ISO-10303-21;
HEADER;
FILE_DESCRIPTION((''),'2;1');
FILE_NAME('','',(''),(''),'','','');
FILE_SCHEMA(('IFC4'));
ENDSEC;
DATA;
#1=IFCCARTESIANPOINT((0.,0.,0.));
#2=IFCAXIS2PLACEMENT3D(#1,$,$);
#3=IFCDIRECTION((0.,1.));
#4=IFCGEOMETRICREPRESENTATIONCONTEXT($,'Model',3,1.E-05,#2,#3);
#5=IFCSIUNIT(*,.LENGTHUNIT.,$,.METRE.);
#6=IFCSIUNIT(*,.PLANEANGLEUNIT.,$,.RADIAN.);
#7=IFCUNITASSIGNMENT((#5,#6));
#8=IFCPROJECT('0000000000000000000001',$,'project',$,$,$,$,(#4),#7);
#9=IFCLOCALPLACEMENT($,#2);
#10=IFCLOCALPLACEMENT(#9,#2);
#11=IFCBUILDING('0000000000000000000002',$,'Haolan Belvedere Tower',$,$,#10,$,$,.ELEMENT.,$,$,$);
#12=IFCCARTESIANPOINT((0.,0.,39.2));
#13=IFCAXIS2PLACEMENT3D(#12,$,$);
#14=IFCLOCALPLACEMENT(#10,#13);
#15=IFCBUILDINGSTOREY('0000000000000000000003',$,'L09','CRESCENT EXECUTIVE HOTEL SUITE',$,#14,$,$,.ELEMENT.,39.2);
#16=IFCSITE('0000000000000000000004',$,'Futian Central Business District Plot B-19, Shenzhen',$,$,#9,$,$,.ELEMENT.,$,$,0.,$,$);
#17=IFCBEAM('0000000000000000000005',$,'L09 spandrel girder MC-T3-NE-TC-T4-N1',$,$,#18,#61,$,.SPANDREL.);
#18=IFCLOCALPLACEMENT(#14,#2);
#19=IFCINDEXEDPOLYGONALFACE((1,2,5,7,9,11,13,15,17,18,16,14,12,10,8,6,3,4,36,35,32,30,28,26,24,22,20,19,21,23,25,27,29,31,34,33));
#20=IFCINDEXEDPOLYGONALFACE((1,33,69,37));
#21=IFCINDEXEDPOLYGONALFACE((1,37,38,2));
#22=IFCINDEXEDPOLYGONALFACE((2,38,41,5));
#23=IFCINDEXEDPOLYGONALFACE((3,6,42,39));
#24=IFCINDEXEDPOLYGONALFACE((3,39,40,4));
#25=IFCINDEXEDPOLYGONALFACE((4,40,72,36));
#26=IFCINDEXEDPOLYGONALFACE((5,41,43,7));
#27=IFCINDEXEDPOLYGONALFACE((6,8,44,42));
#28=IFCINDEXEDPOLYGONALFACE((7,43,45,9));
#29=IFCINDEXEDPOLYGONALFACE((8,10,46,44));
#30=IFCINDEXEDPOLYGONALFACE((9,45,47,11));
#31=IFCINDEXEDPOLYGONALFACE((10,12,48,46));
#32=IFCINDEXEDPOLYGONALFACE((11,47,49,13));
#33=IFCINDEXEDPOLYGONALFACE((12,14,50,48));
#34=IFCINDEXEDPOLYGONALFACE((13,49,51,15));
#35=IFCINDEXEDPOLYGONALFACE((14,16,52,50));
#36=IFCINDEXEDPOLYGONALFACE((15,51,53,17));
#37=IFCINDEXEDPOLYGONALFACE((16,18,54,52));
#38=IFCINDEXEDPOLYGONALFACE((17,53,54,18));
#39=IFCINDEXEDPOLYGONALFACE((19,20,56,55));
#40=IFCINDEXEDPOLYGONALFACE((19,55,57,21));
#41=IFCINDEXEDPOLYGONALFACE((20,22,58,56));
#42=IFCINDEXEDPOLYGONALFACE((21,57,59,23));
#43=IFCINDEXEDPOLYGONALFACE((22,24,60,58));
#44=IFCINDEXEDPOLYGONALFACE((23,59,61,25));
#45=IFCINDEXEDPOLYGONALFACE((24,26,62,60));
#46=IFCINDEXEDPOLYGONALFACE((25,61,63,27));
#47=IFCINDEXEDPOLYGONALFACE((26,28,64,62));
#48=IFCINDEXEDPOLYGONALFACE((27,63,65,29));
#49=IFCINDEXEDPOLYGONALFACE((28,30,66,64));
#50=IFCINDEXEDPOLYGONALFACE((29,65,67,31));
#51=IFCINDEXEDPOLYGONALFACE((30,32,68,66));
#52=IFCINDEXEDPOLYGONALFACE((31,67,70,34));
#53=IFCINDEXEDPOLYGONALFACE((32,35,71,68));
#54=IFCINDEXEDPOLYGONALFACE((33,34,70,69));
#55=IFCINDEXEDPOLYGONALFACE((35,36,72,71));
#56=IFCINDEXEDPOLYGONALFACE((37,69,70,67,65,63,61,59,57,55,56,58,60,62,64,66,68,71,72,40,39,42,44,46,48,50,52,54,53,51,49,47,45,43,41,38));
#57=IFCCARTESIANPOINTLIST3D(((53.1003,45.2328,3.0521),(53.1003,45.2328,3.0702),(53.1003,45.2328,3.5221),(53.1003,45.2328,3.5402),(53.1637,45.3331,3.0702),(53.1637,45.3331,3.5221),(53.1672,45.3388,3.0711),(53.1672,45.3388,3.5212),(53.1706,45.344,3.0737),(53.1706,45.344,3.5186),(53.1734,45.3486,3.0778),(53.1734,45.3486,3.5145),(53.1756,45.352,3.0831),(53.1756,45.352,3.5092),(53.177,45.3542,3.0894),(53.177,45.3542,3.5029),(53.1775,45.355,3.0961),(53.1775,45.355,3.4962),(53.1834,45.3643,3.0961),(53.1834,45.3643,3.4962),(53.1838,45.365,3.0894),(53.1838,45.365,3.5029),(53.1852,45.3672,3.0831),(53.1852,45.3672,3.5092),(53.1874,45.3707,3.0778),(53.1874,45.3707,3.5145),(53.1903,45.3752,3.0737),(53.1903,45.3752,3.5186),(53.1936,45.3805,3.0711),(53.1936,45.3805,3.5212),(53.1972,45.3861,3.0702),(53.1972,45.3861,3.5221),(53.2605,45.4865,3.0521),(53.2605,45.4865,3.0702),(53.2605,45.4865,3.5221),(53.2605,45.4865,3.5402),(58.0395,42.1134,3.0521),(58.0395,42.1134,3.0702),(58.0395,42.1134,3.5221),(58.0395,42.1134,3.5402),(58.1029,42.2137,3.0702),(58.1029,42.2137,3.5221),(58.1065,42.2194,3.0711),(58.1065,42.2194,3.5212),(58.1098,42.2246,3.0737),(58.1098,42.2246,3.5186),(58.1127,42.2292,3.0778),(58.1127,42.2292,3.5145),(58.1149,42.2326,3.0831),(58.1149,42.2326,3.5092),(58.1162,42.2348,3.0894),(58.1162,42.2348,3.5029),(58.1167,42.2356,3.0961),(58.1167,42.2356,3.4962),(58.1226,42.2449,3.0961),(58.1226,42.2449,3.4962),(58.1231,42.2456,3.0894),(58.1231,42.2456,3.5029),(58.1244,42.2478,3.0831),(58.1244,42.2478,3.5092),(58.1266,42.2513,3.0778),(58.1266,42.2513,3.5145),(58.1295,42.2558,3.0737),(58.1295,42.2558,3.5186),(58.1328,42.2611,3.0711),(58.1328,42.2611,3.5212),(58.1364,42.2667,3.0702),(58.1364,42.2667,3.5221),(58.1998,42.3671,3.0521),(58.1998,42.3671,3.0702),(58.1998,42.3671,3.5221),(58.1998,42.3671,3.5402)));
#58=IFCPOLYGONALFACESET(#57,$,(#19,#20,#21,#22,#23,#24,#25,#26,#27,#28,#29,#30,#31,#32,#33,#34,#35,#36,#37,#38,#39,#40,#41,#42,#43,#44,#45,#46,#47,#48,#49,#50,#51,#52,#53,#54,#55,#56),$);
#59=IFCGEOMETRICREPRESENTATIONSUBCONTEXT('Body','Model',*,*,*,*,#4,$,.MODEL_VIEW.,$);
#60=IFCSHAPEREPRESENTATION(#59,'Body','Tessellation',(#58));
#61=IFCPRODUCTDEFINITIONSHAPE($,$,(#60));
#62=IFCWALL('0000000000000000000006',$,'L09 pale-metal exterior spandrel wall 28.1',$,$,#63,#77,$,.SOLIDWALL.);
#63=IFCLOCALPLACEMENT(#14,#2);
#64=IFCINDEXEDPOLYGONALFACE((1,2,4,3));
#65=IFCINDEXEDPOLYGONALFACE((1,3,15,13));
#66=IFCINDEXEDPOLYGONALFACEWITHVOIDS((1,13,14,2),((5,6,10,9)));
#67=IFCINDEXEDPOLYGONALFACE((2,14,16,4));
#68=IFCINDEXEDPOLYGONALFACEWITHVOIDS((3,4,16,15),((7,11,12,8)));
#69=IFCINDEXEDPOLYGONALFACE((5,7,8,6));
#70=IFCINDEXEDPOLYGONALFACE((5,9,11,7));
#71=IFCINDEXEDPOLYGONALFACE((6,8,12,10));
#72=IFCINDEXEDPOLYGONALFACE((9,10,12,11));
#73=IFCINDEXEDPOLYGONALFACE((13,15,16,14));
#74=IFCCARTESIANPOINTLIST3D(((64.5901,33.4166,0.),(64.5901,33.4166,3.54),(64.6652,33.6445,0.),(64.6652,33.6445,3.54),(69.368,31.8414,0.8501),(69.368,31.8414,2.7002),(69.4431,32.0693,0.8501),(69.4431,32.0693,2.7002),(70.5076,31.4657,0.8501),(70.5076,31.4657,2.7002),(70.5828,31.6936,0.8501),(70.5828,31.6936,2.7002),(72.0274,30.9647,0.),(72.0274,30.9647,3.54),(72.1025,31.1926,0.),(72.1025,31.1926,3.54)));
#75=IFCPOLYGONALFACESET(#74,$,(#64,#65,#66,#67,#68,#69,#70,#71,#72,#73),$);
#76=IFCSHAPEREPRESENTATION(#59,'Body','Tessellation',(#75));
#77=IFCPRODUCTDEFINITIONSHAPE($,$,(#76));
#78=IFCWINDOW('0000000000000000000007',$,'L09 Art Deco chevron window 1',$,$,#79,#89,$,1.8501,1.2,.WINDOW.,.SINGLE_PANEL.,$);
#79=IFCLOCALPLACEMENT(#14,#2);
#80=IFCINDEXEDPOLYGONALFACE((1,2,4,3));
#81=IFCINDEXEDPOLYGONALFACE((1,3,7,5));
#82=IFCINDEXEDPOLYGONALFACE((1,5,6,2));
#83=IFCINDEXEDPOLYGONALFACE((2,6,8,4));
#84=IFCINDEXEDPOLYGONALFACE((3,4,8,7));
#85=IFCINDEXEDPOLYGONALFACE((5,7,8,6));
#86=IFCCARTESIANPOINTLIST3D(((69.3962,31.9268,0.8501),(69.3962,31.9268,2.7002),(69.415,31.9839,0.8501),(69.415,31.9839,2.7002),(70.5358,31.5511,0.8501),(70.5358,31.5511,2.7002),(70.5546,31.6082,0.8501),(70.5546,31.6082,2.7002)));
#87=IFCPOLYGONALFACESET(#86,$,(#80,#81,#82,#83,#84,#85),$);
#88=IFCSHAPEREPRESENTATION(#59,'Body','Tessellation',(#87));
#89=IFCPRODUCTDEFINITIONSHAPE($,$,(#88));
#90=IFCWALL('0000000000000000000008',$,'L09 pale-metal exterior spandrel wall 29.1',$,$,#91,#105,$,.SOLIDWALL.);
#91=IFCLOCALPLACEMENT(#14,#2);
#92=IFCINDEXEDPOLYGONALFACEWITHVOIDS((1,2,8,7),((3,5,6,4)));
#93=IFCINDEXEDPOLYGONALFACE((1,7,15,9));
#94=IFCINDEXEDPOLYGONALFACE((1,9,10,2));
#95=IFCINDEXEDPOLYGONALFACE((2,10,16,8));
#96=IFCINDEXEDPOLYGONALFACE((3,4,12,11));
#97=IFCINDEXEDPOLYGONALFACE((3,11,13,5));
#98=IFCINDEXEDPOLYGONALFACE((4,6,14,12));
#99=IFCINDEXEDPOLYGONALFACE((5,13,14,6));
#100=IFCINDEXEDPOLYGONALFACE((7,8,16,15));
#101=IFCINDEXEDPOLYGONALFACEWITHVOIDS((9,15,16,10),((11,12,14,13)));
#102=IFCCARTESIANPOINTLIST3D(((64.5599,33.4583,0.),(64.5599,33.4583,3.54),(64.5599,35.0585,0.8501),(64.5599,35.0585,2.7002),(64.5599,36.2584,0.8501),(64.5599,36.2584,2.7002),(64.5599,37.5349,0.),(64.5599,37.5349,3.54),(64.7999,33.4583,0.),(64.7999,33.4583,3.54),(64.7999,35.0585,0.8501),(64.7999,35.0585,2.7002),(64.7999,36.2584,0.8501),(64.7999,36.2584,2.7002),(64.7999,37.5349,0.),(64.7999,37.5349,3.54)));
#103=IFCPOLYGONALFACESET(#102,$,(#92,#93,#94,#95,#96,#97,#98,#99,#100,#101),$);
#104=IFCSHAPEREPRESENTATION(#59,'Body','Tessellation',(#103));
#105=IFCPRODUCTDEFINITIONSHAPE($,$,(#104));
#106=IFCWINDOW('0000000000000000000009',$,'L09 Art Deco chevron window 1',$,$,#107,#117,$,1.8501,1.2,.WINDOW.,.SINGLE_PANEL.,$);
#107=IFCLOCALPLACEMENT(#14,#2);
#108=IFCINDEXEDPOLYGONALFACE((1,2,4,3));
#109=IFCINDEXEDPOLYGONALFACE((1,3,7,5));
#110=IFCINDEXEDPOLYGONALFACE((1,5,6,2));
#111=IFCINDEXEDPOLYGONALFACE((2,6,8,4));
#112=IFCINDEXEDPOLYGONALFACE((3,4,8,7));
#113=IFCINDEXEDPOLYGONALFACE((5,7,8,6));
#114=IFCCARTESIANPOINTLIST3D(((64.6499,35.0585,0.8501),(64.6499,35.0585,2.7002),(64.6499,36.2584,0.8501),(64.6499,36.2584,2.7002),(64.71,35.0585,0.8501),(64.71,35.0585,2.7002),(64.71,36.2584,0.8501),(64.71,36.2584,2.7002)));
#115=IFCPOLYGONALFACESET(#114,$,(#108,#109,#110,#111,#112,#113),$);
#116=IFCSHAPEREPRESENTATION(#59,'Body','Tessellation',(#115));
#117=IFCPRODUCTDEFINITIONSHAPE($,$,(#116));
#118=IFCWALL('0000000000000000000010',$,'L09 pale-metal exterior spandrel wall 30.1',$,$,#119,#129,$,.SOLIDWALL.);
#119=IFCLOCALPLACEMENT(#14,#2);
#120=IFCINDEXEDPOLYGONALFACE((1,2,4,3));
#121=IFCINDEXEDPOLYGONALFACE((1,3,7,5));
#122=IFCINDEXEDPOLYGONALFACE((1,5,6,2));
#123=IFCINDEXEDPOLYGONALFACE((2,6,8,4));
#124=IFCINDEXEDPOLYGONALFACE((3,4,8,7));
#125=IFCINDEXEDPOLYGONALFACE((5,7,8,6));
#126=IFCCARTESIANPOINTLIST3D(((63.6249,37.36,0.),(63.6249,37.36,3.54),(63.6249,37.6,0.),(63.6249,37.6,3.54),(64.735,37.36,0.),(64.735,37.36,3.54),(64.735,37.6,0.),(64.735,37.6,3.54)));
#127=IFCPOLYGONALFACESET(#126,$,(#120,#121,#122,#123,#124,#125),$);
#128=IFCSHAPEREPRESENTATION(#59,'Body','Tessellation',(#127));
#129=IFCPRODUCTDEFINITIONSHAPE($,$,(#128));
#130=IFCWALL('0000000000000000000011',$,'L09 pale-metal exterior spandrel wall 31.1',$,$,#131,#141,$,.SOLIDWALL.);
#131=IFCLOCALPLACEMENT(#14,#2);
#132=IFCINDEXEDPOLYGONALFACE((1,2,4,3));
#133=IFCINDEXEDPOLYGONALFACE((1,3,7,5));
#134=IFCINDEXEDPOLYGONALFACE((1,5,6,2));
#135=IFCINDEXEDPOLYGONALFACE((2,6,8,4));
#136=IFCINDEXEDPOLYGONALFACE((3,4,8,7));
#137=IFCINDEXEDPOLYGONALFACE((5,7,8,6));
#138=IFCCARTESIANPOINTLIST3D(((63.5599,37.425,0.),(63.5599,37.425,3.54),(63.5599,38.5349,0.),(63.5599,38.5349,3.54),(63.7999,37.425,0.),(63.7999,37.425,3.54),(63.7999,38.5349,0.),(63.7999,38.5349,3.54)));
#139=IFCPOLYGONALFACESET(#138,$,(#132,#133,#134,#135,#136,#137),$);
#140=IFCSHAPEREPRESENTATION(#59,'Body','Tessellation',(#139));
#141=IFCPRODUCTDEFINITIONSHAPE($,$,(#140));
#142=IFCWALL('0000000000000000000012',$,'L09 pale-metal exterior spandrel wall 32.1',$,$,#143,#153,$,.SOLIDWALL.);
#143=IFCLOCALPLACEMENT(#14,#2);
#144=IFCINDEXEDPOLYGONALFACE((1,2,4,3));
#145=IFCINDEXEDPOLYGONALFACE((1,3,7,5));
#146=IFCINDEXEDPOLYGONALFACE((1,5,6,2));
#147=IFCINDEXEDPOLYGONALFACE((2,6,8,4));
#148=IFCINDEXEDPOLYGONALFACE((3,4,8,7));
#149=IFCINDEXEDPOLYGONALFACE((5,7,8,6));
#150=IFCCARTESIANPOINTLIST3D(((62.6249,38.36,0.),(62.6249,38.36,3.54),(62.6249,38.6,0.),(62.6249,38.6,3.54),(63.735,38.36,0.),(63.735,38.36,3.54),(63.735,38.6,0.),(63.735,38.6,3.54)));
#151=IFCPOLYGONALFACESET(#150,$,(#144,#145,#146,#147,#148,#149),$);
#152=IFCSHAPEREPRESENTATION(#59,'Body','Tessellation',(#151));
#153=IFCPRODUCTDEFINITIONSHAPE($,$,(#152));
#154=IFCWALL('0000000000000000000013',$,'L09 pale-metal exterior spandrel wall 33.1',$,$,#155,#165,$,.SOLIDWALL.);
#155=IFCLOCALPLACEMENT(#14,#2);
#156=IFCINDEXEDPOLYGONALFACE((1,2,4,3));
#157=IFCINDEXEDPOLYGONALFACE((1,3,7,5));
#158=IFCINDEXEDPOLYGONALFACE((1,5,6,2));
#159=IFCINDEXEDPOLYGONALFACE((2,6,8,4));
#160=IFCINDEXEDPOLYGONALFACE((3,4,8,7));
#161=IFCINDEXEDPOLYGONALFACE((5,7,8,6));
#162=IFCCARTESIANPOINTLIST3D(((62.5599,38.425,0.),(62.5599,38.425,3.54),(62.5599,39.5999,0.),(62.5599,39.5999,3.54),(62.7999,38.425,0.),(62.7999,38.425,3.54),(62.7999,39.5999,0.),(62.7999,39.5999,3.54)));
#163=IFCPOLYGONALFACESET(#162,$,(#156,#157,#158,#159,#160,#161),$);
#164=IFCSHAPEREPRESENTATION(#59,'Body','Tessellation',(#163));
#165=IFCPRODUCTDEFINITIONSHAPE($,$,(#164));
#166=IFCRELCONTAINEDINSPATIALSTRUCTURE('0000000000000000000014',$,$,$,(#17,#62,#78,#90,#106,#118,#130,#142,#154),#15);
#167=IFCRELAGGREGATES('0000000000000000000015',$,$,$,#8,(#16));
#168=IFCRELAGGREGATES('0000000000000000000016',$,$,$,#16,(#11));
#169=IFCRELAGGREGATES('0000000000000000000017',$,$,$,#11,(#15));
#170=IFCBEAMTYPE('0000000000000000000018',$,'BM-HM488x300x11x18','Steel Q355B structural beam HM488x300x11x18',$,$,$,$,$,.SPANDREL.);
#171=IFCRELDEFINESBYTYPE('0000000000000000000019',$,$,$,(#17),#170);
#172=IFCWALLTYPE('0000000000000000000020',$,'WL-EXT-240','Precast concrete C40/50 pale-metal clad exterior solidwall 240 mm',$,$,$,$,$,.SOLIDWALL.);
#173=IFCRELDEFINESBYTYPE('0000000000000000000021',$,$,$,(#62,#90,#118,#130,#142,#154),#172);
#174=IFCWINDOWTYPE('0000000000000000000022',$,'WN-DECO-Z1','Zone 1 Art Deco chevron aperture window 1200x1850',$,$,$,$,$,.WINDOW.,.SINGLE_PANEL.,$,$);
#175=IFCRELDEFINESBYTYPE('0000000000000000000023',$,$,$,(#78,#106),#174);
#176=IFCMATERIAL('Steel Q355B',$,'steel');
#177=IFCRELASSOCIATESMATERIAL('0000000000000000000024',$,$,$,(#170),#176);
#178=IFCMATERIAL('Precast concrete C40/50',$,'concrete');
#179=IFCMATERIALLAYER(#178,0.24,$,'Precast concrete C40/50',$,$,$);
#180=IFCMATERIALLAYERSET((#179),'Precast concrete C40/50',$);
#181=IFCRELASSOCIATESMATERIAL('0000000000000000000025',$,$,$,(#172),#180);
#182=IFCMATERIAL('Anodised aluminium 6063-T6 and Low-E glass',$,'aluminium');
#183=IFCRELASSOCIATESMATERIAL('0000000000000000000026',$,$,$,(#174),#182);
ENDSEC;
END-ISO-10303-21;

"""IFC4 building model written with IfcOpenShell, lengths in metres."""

from ifc_helpers import new_model, si_unit, direction, frame, frame_2d, origin, origin_2d, place, context, subcontext, project, spatial, rectangle, i_section, extrude, material, layer, layer_set, material_profile, profile_set, type_object, element, fill, save


model = new_model("IFC4")

# Units and contexts
model_context = context("Model", 3, precision=1e-05, world=origin(), true_north=direction((0.0, 1.0)))
body_context = subcontext(model_context, "Body", "Model", "MODEL_VIEW")
ifc_project = project(units=[si_unit("LENGTHUNIT", "METRE"), si_unit("PLANEANGLEUNIT", "RADIAN")], contexts=[model_context])

# Site, building, storey
site_placement = place(None, origin())
site = spatial("IfcSite", under=ifc_project, at=site_placement, Name="Futian Central Business District Plot B-19, Shenzhen", CompositionType="ELEMENT", RefElevation=0.0)
building_placement = place(site_placement, origin())
building = spatial("IfcBuilding", under=site, at=building_placement, Name="Haolan Belvedere Tower", CompositionType="ELEMENT")
storey_placement = place(building_placement, frame((0.0, 0.0, 39.2)))
storey = spatial("IfcBuildingStorey", under=building, at=storey_placement, Name="L09", Description="CRESCENT EXECUTIVE HOTEL SUITE", CompositionType="ELEMENT", Elevation=39.2)

# Shared definitions
ifc_material_1 = material(Name="Steel Q355B", Category="steel")

# Beam
ifc_material_profile_1 = material_profile(ifc_material_1, i_section(OverallWidth=0.3, OverallDepth=0.488, WebThickness=0.011, FlangeThickness=0.0181, FilletRadius=0.0259, at=origin_2d()), Name="Steel Q355B")
ifc_profile_set_1 = profile_set([ifc_material_profile_1], Name="Steel Q355B")
beam_type = type_object("IfcBeamType", Name="BM-HM488x300x11x18", Description="Steel Q355B structural beam HM488x300x11x18", PredefinedType="SPANDREL", material=ifc_profile_set_1)
beam_placement = place(storey_placement, frame((53.1804, 45.3596, 3.2961), z_axis=(0.845498, -0.533979, 0.0), x_axis=(0.533979, 0.845498, 0.0)))
element("IfcBeam", 1, at=beam_placement, inside=storey, type_object=beam_type, Name="L09 spandrel girder MC-T3-NE-TC-T4-N1", PredefinedType="SPANDREL", context=body_context, shape_type="SweptSolid", body=[
    extrude(i_section(OverallWidth=0.3, OverallDepth=0.488, WebThickness=0.011, FlangeThickness=0.0181, FilletRadius=0.0259, at=origin_2d()), origin(), (0.0, 0.0, 1.0), 5.8418),
])

# Walls, openings, windows
ifc_material_2 = material(Name="Precast concrete C40/50", Category="concrete")
ifc_layer_1 = layer(ifc_material_2, 0.24, Name="Precast concrete C40/50")
ifc_layer_set_1 = layer_set([ifc_layer_1], Name="Precast concrete C40/50")
wall_type_1 = type_object("IfcWallType", Name="WL-EXT-240", Description="Precast concrete C40/50 pale-metal clad exterior solidwall 240 mm", PredefinedType="SOLIDWALL", material=ifc_layer_set_1)
wall_1_placement = place(storey_placement, frame((72.0649, 31.0786, 0.0), z_axis=(0.0, 0.0, 1.0), x_axis=(-0.949719, 0.313102, 0.0)))
wall_1 = element("IfcWall", 2, at=wall_1_placement, inside=storey, type_object=wall_type_1, Name="L09 pale-metal exterior spandrel wall 28.1", PredefinedType="SOLIDWALL", context=body_context, shape_type="SweptSolid", body=[
    extrude(rectangle(XDim=7.8311, YDim=0.24, at=frame_2d((3.9155, 0.0))), origin(), (0.0, 0.0, 1.0), 3.54),
])
opening_1_placement = place(wall_1_placement, frame((1.6001, 0.0, 0.8501)))
opening_1 = element("IfcOpeningElement", 3, at=opening_1_placement, cuts=wall_1, PredefinedType="OPENING", context=body_context, shape_type="SweptSolid", body=[
    extrude(rectangle(XDim=1.2, YDim=1.8501, at=frame_2d((0.6001, 0.925))), frame((0.0, 0.1299, 0.0), z_axis=(0.0, -1.0, 0.0), x_axis=(1.0, 0.0, 0.0)), (0.0, 0.0, 1.0), 0.26),
])
ifc_material_3 = material(Name="Anodised aluminium 6063-T6 and Low-E glass", Category="aluminium")
window_type = type_object("IfcWindowType", Name="WN-DECO-Z1", Description="Zone 1 Art Deco chevron aperture window 1200x1850", PartitioningType="SINGLE_PANEL", PredefinedType="WINDOW", material=ifc_material_3)
window_1_placement = place(opening_1_placement, origin())
window_1 = element("IfcWindow", 4, at=window_1_placement, inside=storey, type_object=window_type, Name="L09 Art Deco chevron window 1", OverallHeight=1.8501, OverallWidth=1.2, PartitioningType="SINGLE_PANEL", PredefinedType="WINDOW", context=body_context, shape_type="SweptSolid", body=[
    extrude(rectangle(XDim=1.2, YDim=1.8501, at=frame_2d((0.6001, 0.925))), frame((0.0, 0.03, 0.0), z_axis=(0.0, -1.0, 0.0), x_axis=(1.0, 0.0, 0.0)), (0.0, 0.0, 1.0), 0.0601),
])
fill(opening_1, window_1)
wall_2_placement = place(storey_placement, frame((64.6799, 33.4583, 0.0), z_axis=(0.0, 0.0, 1.0), x_axis=(0.0, 1.0, 0.0)))
wall_2 = element("IfcWall", 5, at=wall_2_placement, inside=storey, type_object=wall_type_1, Name="L09 pale-metal exterior spandrel wall 29.1", PredefinedType="SOLIDWALL", context=body_context, shape_type="SweptSolid", body=[
    extrude(rectangle(XDim=4.0767, YDim=0.24, at=frame_2d((2.0383, 0.0))), origin(), (0.0, 0.0, 1.0), 3.54),
])
opening_2_placement = place(wall_2_placement, frame((1.6001, 0.0, 0.8501)))
opening_2 = element("IfcOpeningElement", 6, at=opening_2_placement, cuts=wall_2, PredefinedType="OPENING", context=body_context, shape_type="SweptSolid", body=[
    extrude(rectangle(XDim=1.2, YDim=1.8501, at=frame_2d((0.6001, 0.925))), frame((0.0, 0.1299, 0.0), z_axis=(0.0, -1.0, 0.0), x_axis=(1.0, 0.0, 0.0)), (0.0, 0.0, 1.0), 0.26),
])
window_2_placement = place(opening_2_placement, origin())
window_2 = element("IfcWindow", 7, at=window_2_placement, inside=storey, type_object=window_type, Name="L09 Art Deco chevron window 1", OverallHeight=1.8501, OverallWidth=1.2, PartitioningType="SINGLE_PANEL", PredefinedType="WINDOW", context=body_context, shape_type="SweptSolid", body=[
    extrude(rectangle(XDim=1.2, YDim=1.8501, at=frame_2d((0.6001, 0.925))), frame((0.0, 0.03, 0.0), z_axis=(0.0, -1.0, 0.0), x_axis=(1.0, 0.0, 0.0)), (0.0, 0.0, 1.0), 0.0601),
])
fill(opening_2, window_2)

# Walls
wall_3_placement = place(storey_placement, frame((64.7351, 37.48, 0.0), z_axis=(0.0, 0.0, 1.0), x_axis=(-1.0, 0.0, 0.0)))
element("IfcWall", 8, at=wall_3_placement, inside=storey, type_object=wall_type_1, Name="L09 pale-metal exterior spandrel wall 30.1", PredefinedType="SOLIDWALL", context=body_context, shape_type="SweptSolid", body=[
    extrude(rectangle(XDim=1.1101, YDim=0.24, at=frame_2d((0.5552, 0.0))), origin(), (0.0, 0.0, 1.0), 3.54),
])
wall_4_placement = place(storey_placement, frame((63.6799, 37.425, 0.0), z_axis=(0.0, 0.0, 1.0), x_axis=(0.0, 1.0, 0.0)))
element("IfcWall", 9, at=wall_4_placement, inside=storey, type_object=wall_type_1, Name="L09 pale-metal exterior spandrel wall 31.1", PredefinedType="SOLIDWALL", context=body_context, shape_type="SweptSolid", body=[
    extrude(rectangle(XDim=1.1099, YDim=0.24, at=frame_2d((0.5549, 0.0))), origin(), (0.0, 0.0, 1.0), 3.54),
])
wall_5_placement = place(storey_placement, frame((63.7351, 38.48, 0.0), z_axis=(0.0, 0.0, 1.0), x_axis=(-1.0, 0.0, 0.0)))
element("IfcWall", 10, at=wall_5_placement, inside=storey, type_object=wall_type_1, Name="L09 pale-metal exterior spandrel wall 32.1", PredefinedType="SOLIDWALL", context=body_context, shape_type="SweptSolid", body=[
    extrude(rectangle(XDim=1.1101, YDim=0.24, at=frame_2d((0.5552, 0.0))), origin(), (0.0, 0.0, 1.0), 3.54),
])
wall_6_placement = place(storey_placement, frame((62.6799, 38.425, 0.0), z_axis=(0.0, 0.0, 1.0), x_axis=(0.0, 1.0, 0.0)))
element("IfcWall", 11, at=wall_6_placement, inside=storey, type_object=wall_type_1, Name="L09 pale-metal exterior spandrel wall 33.1", PredefinedType="SOLIDWALL", context=body_context, shape_type="SweptSolid", body=[
    extrude(rectangle(XDim=1.1748, YDim=0.24, at=frame_2d((0.5874, 0.0))), origin(), (0.0, 0.0, 1.0), 3.54),
])

save(model, "model.ifc")
